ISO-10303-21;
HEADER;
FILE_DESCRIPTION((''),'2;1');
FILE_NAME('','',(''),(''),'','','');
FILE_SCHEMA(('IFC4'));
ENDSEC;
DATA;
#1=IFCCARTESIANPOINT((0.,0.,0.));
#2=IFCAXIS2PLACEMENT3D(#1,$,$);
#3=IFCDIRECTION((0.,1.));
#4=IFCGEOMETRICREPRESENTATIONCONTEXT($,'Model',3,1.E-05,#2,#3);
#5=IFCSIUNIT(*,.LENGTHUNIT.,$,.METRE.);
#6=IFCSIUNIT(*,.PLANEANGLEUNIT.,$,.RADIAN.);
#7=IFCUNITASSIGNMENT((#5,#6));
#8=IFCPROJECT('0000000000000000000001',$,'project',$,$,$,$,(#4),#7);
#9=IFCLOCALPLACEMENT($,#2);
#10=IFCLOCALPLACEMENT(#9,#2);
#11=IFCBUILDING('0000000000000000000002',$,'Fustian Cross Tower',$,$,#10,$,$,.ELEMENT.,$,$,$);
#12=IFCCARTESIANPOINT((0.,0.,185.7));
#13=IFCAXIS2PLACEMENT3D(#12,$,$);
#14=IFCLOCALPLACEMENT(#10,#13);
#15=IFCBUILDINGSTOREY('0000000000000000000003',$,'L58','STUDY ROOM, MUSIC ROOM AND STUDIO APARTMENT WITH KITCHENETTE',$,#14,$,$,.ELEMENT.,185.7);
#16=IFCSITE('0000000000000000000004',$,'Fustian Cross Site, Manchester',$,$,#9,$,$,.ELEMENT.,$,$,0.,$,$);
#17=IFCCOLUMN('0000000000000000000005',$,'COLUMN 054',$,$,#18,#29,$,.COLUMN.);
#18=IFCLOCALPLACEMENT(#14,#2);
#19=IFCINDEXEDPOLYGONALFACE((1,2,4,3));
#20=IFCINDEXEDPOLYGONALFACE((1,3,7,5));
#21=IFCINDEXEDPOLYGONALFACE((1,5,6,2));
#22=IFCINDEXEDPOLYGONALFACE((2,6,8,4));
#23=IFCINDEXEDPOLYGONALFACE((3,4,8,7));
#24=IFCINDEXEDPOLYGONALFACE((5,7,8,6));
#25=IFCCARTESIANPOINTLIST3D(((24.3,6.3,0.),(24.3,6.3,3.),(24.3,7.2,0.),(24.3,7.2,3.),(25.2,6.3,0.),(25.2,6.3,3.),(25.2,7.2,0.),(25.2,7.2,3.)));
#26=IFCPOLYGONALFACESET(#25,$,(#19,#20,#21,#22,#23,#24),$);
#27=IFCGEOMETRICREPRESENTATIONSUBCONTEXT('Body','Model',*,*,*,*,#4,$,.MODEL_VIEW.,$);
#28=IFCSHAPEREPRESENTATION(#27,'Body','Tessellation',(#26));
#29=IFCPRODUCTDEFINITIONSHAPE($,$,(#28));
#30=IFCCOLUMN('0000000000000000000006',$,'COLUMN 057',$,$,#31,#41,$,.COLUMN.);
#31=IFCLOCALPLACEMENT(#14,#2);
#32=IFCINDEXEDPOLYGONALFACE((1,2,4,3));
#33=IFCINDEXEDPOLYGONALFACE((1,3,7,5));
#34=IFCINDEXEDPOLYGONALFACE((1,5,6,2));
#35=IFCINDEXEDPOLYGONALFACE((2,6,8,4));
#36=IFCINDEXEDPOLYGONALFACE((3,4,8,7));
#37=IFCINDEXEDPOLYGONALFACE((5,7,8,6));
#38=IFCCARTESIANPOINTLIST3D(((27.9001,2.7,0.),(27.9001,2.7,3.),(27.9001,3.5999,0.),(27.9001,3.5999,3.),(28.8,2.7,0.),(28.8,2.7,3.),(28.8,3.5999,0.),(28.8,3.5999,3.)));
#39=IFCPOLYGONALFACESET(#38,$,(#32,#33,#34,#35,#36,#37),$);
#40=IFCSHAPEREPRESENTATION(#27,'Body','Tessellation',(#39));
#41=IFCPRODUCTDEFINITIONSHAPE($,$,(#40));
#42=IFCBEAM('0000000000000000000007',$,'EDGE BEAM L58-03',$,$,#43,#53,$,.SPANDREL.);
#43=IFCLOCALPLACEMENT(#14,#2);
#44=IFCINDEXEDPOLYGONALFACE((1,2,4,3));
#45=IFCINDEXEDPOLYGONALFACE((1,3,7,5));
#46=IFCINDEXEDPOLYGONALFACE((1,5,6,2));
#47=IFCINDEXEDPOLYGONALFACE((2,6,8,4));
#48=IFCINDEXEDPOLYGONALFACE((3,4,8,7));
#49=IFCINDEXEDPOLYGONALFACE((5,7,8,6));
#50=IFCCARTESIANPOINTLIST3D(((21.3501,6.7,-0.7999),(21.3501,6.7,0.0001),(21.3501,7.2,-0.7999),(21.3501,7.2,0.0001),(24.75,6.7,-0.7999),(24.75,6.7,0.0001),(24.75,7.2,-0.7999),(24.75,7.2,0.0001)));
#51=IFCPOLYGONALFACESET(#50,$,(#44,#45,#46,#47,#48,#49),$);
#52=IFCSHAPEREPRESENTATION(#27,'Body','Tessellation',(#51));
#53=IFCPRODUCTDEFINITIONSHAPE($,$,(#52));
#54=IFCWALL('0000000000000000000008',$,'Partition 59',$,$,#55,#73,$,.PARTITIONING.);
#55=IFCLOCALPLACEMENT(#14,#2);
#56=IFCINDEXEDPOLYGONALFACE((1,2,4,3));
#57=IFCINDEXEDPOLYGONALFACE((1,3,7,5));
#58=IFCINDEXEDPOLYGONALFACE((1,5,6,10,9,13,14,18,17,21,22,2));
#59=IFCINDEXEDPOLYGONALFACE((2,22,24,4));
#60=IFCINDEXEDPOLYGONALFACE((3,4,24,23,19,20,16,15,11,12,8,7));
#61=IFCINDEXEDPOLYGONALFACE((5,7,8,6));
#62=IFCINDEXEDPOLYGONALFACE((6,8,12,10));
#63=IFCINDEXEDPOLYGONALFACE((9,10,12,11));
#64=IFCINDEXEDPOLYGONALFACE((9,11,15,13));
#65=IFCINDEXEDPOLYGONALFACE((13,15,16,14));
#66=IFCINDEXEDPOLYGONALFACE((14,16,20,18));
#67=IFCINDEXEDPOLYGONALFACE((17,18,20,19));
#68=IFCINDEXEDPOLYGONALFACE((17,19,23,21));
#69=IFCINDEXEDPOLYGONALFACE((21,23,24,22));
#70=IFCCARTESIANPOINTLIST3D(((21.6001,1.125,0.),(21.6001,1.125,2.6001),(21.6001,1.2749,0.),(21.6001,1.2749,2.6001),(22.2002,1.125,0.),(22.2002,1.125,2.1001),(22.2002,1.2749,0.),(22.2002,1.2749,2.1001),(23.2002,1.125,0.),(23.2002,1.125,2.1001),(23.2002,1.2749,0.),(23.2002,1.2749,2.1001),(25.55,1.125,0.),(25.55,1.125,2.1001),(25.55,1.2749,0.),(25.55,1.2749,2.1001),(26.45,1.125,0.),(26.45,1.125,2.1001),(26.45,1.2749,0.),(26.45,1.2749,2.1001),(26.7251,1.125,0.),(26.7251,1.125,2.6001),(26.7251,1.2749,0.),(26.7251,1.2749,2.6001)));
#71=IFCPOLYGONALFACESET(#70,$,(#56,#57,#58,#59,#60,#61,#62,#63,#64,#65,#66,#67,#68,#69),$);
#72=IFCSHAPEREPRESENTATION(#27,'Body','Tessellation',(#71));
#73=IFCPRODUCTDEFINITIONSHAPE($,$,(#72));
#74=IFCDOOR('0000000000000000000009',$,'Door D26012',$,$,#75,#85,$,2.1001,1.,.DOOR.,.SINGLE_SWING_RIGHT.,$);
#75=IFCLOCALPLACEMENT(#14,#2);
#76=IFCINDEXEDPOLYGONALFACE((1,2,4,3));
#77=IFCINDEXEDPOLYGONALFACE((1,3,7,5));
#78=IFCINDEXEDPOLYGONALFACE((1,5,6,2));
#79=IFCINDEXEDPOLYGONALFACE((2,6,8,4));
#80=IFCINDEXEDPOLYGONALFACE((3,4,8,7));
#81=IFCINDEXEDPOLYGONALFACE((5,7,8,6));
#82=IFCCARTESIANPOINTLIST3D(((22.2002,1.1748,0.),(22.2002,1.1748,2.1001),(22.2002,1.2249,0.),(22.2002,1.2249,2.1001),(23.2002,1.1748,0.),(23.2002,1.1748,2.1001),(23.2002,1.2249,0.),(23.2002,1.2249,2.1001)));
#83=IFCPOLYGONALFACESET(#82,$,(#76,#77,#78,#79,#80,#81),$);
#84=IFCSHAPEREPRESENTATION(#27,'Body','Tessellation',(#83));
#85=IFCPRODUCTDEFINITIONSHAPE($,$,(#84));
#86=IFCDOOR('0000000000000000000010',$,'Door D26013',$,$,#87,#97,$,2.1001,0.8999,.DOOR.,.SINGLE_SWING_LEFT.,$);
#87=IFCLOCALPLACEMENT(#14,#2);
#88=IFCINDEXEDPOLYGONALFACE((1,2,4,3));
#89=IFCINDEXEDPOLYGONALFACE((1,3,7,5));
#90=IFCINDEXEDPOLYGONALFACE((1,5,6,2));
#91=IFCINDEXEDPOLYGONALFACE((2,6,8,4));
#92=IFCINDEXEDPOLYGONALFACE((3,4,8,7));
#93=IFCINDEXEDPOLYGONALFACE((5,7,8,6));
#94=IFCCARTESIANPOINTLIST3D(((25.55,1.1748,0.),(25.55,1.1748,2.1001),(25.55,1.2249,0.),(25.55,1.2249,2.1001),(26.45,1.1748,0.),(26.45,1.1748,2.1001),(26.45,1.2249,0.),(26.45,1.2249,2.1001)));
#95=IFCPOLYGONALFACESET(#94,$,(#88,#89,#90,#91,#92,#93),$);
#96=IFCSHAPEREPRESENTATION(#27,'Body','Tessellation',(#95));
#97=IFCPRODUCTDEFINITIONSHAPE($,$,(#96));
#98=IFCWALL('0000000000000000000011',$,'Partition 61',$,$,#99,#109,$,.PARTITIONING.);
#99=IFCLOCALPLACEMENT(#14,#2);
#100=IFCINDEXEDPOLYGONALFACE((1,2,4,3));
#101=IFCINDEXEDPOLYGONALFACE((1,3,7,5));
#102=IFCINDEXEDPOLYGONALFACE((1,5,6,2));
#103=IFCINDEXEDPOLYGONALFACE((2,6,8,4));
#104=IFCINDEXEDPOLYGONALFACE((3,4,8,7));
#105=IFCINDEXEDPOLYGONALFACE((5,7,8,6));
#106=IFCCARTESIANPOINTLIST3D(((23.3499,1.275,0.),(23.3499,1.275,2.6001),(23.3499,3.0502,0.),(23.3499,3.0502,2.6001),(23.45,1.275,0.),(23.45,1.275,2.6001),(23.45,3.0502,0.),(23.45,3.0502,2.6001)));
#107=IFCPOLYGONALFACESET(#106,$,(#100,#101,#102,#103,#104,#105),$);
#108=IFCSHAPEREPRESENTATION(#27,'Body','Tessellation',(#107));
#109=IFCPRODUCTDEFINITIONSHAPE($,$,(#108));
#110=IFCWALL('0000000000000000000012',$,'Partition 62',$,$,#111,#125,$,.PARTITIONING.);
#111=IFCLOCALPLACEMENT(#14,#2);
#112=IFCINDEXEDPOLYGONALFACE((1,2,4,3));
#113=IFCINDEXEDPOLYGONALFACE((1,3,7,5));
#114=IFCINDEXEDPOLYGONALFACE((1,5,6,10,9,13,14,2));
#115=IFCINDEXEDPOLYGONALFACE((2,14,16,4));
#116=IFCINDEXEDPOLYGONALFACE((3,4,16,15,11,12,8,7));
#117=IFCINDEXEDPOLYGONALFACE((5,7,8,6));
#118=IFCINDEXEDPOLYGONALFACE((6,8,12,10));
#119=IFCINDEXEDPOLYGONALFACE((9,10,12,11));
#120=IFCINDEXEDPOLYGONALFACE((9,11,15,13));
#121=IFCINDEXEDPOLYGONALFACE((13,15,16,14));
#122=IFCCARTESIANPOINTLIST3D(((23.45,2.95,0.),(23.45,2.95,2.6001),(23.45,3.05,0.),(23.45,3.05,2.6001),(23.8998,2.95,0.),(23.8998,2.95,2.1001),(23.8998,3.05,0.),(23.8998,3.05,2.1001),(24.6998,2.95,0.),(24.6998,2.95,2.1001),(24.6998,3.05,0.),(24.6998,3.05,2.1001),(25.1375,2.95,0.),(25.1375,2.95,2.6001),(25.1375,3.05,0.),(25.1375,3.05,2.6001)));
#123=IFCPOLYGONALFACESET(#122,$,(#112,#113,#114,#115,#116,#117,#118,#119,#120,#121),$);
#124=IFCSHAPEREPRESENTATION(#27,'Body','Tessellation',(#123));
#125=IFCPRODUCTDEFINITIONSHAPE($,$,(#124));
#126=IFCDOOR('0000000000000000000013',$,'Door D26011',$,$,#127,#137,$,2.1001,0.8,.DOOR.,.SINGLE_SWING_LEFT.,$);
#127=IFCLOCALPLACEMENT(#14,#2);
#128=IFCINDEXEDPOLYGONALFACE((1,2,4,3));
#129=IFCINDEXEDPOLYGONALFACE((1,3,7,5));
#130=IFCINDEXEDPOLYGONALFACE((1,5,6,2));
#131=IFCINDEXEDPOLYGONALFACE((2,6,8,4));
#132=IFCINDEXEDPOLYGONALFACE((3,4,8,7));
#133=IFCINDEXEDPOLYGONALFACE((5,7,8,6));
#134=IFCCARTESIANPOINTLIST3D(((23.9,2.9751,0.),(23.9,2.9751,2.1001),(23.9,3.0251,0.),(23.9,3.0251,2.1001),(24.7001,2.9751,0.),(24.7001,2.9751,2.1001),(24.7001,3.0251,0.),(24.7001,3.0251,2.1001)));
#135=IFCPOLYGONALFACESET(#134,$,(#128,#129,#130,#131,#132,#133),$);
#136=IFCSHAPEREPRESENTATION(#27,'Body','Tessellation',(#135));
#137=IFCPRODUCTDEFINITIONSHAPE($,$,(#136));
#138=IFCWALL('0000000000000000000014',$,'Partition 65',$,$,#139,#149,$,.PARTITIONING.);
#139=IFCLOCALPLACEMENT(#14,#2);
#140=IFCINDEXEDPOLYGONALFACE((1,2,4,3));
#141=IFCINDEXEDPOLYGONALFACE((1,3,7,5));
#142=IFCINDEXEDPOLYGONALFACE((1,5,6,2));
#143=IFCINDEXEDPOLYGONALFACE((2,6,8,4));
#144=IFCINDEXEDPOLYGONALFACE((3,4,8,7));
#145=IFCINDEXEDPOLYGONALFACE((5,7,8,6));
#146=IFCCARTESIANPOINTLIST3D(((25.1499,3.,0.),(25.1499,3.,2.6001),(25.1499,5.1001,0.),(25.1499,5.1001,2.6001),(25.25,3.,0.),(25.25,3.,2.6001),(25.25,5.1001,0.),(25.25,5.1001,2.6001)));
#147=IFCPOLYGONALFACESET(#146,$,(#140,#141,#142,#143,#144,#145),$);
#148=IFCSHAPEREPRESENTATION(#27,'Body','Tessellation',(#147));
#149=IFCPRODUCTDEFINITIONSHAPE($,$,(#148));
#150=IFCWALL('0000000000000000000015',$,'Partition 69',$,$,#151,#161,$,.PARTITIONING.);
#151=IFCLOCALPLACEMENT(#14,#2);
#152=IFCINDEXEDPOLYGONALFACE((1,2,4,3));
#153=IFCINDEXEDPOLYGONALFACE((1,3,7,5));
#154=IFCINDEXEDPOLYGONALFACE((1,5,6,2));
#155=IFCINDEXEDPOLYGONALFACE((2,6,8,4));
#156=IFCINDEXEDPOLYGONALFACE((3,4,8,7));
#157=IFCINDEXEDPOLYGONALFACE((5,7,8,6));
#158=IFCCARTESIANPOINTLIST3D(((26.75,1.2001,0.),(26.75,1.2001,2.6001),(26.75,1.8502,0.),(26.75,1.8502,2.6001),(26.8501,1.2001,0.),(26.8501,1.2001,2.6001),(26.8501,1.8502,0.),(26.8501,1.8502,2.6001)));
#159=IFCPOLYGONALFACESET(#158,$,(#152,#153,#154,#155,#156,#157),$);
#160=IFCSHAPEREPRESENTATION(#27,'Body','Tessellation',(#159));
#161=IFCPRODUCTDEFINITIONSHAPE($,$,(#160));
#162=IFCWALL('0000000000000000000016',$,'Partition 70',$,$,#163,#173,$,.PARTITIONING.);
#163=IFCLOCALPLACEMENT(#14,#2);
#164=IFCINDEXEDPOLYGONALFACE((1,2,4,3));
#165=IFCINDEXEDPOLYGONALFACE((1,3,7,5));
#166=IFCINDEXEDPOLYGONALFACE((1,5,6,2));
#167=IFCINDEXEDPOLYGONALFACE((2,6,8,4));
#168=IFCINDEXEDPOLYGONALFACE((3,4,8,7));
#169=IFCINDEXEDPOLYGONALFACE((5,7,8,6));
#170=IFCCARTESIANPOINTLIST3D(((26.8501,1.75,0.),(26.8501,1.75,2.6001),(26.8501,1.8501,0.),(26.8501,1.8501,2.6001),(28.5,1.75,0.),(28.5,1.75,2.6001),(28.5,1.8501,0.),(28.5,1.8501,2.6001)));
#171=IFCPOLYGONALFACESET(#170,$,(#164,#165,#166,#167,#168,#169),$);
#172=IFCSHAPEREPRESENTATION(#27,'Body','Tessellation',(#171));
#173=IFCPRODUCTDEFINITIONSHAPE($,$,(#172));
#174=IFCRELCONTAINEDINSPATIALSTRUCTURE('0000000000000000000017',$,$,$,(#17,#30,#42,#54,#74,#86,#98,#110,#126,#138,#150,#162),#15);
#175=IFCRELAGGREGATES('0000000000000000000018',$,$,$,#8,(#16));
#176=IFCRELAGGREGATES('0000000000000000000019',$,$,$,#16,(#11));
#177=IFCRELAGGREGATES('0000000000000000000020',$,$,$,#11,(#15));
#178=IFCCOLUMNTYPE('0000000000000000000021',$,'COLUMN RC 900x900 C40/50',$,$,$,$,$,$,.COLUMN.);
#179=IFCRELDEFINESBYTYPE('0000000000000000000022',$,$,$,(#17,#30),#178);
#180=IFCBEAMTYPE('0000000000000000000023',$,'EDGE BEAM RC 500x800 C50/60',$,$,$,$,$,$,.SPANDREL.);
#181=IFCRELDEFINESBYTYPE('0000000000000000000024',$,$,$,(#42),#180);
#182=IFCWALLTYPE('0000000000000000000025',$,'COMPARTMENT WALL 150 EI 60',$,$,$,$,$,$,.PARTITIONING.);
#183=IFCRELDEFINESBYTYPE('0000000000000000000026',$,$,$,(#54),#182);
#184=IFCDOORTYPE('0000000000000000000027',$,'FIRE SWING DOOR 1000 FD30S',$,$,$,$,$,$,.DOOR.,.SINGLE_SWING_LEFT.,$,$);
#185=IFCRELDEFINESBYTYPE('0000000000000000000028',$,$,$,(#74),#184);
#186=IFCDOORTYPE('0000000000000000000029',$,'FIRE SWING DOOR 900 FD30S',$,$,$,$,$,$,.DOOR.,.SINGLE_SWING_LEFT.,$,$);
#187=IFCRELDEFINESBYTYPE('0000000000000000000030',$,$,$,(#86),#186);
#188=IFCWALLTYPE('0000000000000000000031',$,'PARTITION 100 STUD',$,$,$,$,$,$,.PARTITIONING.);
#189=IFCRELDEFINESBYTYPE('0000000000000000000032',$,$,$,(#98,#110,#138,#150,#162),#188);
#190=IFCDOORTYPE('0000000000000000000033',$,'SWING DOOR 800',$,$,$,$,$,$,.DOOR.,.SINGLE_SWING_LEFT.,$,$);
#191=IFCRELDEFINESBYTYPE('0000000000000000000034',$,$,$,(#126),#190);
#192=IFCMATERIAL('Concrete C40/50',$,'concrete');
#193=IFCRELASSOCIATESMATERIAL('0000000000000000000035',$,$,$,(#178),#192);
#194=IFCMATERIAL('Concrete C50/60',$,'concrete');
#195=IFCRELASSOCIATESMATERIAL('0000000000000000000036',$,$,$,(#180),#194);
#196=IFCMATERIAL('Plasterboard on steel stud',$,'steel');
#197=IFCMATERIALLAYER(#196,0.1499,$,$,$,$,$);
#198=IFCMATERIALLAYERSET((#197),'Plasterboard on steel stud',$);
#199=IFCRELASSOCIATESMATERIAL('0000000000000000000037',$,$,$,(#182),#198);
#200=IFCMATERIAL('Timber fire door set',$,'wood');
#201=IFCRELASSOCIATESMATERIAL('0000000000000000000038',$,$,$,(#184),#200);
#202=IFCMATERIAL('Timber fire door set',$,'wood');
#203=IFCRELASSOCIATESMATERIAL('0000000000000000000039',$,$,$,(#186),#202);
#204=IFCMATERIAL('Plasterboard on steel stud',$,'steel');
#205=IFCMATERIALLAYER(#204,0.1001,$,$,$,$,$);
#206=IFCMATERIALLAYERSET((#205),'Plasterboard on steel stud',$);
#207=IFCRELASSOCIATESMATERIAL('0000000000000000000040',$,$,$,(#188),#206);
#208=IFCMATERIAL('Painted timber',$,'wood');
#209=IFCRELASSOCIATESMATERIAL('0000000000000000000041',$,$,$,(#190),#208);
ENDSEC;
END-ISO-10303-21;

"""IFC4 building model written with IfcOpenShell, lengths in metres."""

from ifc_helpers import new_model, si_unit, direction, frame, frame_2d, origin, origin_2d, place, context, subcontext, project, spatial, rectangle, extrude, material, layer, layer_set, material_profile, profile_set, type_object, element, fill, save


model = new_model("IFC4")

# Units and contexts
model_context = context("Model", 3, precision=1e-05, world=origin(), true_north=direction((0.0, 1.0)))
body_context = subcontext(model_context, "Body", "Model", "MODEL_VIEW")
ifc_project = project(units=[si_unit("LENGTHUNIT", "METRE"), si_unit("PLANEANGLEUNIT", "RADIAN")], contexts=[model_context])

# Site, building, storey
site_placement = place(None, origin())
site = spatial("IfcSite", under=ifc_project, at=site_placement, Name="Fustian Cross Site, Manchester", CompositionType="ELEMENT", RefElevation=0.0)
building_placement = place(site_placement, origin())
building = spatial("IfcBuilding", under=site, at=building_placement, Name="Fustian Cross Tower", CompositionType="ELEMENT")
storey_placement = place(building_placement, frame((0.0, 0.0, 185.7)))
storey = spatial("IfcBuildingStorey", under=building, at=storey_placement, Name="L58", Description="STUDY ROOM, MUSIC ROOM AND STUDIO APARTMENT WITH KITCHENETTE", CompositionType="ELEMENT", Elevation=185.7)

# Columns
ifc_material_1 = material(Name="Concrete C40/50", Category="concrete")
ifc_material_profile_1 = material_profile(ifc_material_1, rectangle(XDim=0.8999, YDim=0.8999, at=origin_2d()), Name="RC 900x900")
ifc_profile_set_1 = profile_set([ifc_material_profile_1], Name="Concrete C40/50")
column_type = type_object("IfcColumnType", Name="COLUMN RC 900x900 C40/50", PredefinedType="COLUMN", material=ifc_profile_set_1)
for number, where, z_axis, x_axis, name in (
    (1, (24.75, 6.75, 0.0), (0.0, 0.0, 1.0), (1.0, 0.0, 0.0), "COLUMN 054"),
    (2, (28.3501, 3.1499, 0.0), (0.0, 0.0, 1.0), (1.0, 0.0, 0.0), "COLUMN 057"),
):
    element("IfcColumn", number, at=place(storey_placement, frame(where, z_axis=z_axis, x_axis=x_axis)), inside=storey, type_object=column_type, Name=name, PredefinedType="COLUMN", context=body_context, shape_type="SweptSolid", body=[
        extrude(rectangle(XDim=0.8999, YDim=0.8999, at=origin_2d()), origin(), (0.0, 0.0, 1.0), 3.0),
    ])

# Beam
ifc_material_2 = material(Name="Concrete C50/60", Category="concrete")
ifc_material_profile_2 = material_profile(ifc_material_2, rectangle(XDim=0.5, YDim=0.8, at=origin_2d()), Name="RC 500x800")
ifc_profile_set_2 = profile_set([ifc_material_profile_2], Name="Concrete C50/60")
beam_type = type_object("IfcBeamType", Name="EDGE BEAM RC 500x800 C50/60", PredefinedType="SPANDREL", material=ifc_profile_set_2)
beam_placement = place(storey_placement, frame((24.75, 6.95, -0.3999), z_axis=(-1.0, 0.0, 0.0), x_axis=(0.0, -1.0, 0.0)))
element("IfcBeam", 3, at=beam_placement, inside=storey, type_object=beam_type, Name="EDGE BEAM L58-03", PredefinedType="SPANDREL", context=body_context, shape_type="SweptSolid", body=[
    extrude(rectangle(XDim=0.5, YDim=0.8, at=origin_2d()), origin(), (0.0, 0.0, 1.0), 3.3999),
])

# Wall, openings, doors
ifc_material_3 = material(Name="Plasterboard on steel stud", Category="steel")
ifc_layer_1 = layer(ifc_material_3, 0.1499)
ifc_layer_set_1 = layer_set([ifc_layer_1], Name="Plasterboard on steel stud")
wall_type_1 = type_object("IfcWallType", Name="COMPARTMENT WALL 150 EI 60", PredefinedType="PARTITIONING", material=ifc_layer_set_1)
wall_1_placement = place(storey_placement, frame((21.6001, 1.2, 0.0), z_axis=(0.0, 0.0, 1.0), x_axis=(1.0, 0.0, 0.0)))
wall_1 = element("IfcWall", 4, at=wall_1_placement, inside=storey, type_object=wall_type_1, Name="Partition 59", PredefinedType="PARTITIONING", context=body_context, shape_type="SweptSolid", body=[
    extrude(rectangle(XDim=5.125, YDim=0.1499, at=frame_2d((2.5625, 0.0))), origin(), (0.0, 0.0, 1.0), 2.6001),
])
opening_1_placement = place(wall_1_placement, frame((0.6001, 0.0, 0.0)))
opening_1 = element("IfcOpeningElement", 5, at=opening_1_placement, cuts=wall_1, PredefinedType="OPENING", context=body_context, shape_type="SweptSolid", body=[
    extrude(rectangle(XDim=1.0, YDim=2.1001, at=frame_2d((0.5, 1.05))), frame((0.0, 0.085, 0.0), z_axis=(0.0, -1.0, 0.0), x_axis=(1.0, 0.0, 0.0)), (0.0, 0.0, 1.0), 0.1699),
])
opening_2_placement = place(wall_1_placement, frame((3.95, 0.0, 0.0)))
opening_2 = element("IfcOpeningElement", 6, at=opening_2_placement, cuts=wall_1, PredefinedType="OPENING", context=body_context, shape_type="SweptSolid", body=[
    extrude(rectangle(XDim=0.8999, YDim=2.1001, at=frame_2d((0.45, 1.05))), frame((0.0, 0.085, 0.0), z_axis=(0.0, -1.0, 0.0), x_axis=(1.0, 0.0, 0.0)), (0.0, 0.0, 1.0), 0.1699),
])
ifc_material_4 = material(Name="Timber fire door set", Category="wood")
door_type_1 = type_object("IfcDoorType", Name="FIRE SWING DOOR 1000 FD30S", OperationType="SINGLE_SWING_LEFT", PredefinedType="DOOR", material=ifc_material_4)
door_1_placement = place(opening_1_placement, origin())
door_1 = element("IfcDoor", 7, at=door_1_placement, inside=storey, type_object=door_type_1, Name="Door D26012", OperationType="SINGLE_SWING_RIGHT", OverallHeight=2.1001, OverallWidth=1.0, PredefinedType="DOOR", context=body_context, shape_type="SweptSolid", body=[
    extrude(rectangle(XDim=1.0, YDim=2.1001, at=frame_2d((0.5, 1.05))), frame((0.0, 0.0249, 0.0), z_axis=(0.0, -1.0, 0.0), x_axis=(1.0, 0.0, 0.0)), (0.0, 0.0, 1.0), 0.05),
])
fill(opening_1, door_1)
ifc_material_5 = material(Name="Timber fire door set", Category="wood")
door_type_2 = type_object("IfcDoorType", Name="FIRE SWING DOOR 900 FD30S", OperationType="SINGLE_SWING_LEFT", PredefinedType="DOOR", material=ifc_material_5)
door_2_placement = place(opening_2_placement, origin())
door_2 = element("IfcDoor", 8, at=door_2_placement, inside=storey, type_object=door_type_2, Name="Door D26013", OperationType="SINGLE_SWING_LEFT", OverallHeight=2.1001, OverallWidth=0.8999, PredefinedType="DOOR", context=body_context, shape_type="SweptSolid", body=[
    extrude(rectangle(XDim=0.8999, YDim=2.1001, at=frame_2d((0.45, 1.05))), frame((0.0, 0.0249, 0.0), z_axis=(0.0, -1.0, 0.0), x_axis=(1.0, 0.0, 0.0)), (0.0, 0.0, 1.0), 0.05),
])
fill(opening_2, door_2)

# Wall
ifc_material_6 = material(Name="Plasterboard on steel stud", Category="steel")
ifc_layer_2 = layer(ifc_material_6, 0.1001)
ifc_layer_set_2 = layer_set([ifc_layer_2], Name="Plasterboard on steel stud")
wall_type_2 = type_object("IfcWallType", Name="PARTITION 100 STUD", PredefinedType="PARTITIONING", material=ifc_layer_set_2)
wall_2_placement = place(storey_placement, frame((23.3999, 1.2749, 0.0), z_axis=(0.0, 0.0, 1.0), x_axis=(0.0, 1.0, 0.0)))
element("IfcWall", 9, at=wall_2_placement, inside=storey, type_object=wall_type_2, Name="Partition 61", PredefinedType="PARTITIONING", context=body_context, shape_type="SweptSolid", body=[
    extrude(rectangle(XDim=1.7751, YDim=0.1001, at=frame_2d((0.8877, 0.0))), origin(), (0.0, 0.0, 1.0), 2.6001),
])

# Wall, opening, door
wall_3_placement = place(storey_placement, frame((23.45, 3.0, 0.0), z_axis=(0.0, 0.0, 1.0), x_axis=(1.0, 0.0, 0.0)))
wall_3 = element("IfcWall", 10, at=wall_3_placement, inside=storey, type_object=wall_type_2, Name="Partition 62", PredefinedType="PARTITIONING", context=body_context, shape_type="SweptSolid", body=[
    extrude(rectangle(XDim=1.6875, YDim=0.1001, at=frame_2d((0.8438, 0.0))), origin(), (0.0, 0.0, 1.0), 2.6001),
])
opening_3_placement = place(wall_3_placement, frame((0.45, 0.0, 0.0)))
opening_3 = element("IfcOpeningElement", 11, at=opening_3_placement, cuts=wall_3, PredefinedType="OPENING", context=body_context, shape_type="SweptSolid", body=[
    extrude(rectangle(XDim=0.8, YDim=2.1001, at=frame_2d((0.3999, 1.05))), frame((0.0, 0.0601, 0.0), z_axis=(0.0, -1.0, 0.0), x_axis=(1.0, 0.0, 0.0)), (0.0, 0.0, 1.0), 0.1201),
])
ifc_material_7 = material(Name="Painted timber", Category="wood")
door_type_3 = type_object("IfcDoorType", Name="SWING DOOR 800", OperationType="SINGLE_SWING_LEFT", PredefinedType="DOOR", material=ifc_material_7)
door_3_placement = place(opening_3_placement, frame((0.8, 0.0, 0.0), z_axis=(0.0, 0.0, 1.0), x_axis=(-1.0, 0.0, 0.0)))
door_3 = element("IfcDoor", 12, at=door_3_placement, inside=storey, type_object=door_type_3, Name="Door D26011", OperationType="SINGLE_SWING_LEFT", OverallHeight=2.1001, OverallWidth=0.8, PredefinedType="DOOR", context=body_context, shape_type="SweptSolid", body=[
    extrude(rectangle(XDim=0.8, YDim=2.1001, at=frame_2d((0.3999, 1.05))), frame((0.0, 0.0249, 0.0), z_axis=(0.0, -1.0, 0.0), x_axis=(1.0, 0.0, 0.0)), (0.0, 0.0, 1.0), 0.05),
])
fill(opening_3, door_3)

# Walls
wall_4_placement = place(storey_placement, frame((25.2, 3.0, 0.0), z_axis=(0.0, 0.0, 1.0), x_axis=(0.0, 1.0, 0.0)))
element("IfcWall", 13, at=wall_4_placement, inside=storey, type_object=wall_type_2, Name="Partition 65", PredefinedType="PARTITIONING", context=body_context, shape_type="SweptSolid", body=[
    extrude(rectangle(XDim=2.1001, YDim=0.1001, at=frame_2d((1.05, 0.0))), origin(), (0.0, 0.0, 1.0), 2.6001),
])
wall_5_placement = place(storey_placement, frame((26.8, 1.2, 0.0), z_axis=(0.0, 0.0, 1.0), x_axis=(0.0, 1.0, 0.0)))
element("IfcWall", 14, at=wall_5_placement, inside=storey, type_object=wall_type_2, Name="Partition 69", PredefinedType="PARTITIONING", context=body_context, shape_type="SweptSolid", body=[
    extrude(rectangle(XDim=0.6501, YDim=0.1001, at=frame_2d((0.3252, 0.0))), origin(), (0.0, 0.0, 1.0), 2.6001),
])
wall_6_placement = place(storey_placement, frame((26.8501, 1.8, 0.0), z_axis=(0.0, 0.0, 1.0), x_axis=(1.0, 0.0, 0.0)))
element("IfcWall", 15, at=wall_6_placement, inside=storey, type_object=wall_type_2, Name="Partition 70", PredefinedType="PARTITIONING", context=body_context, shape_type="SweptSolid", body=[
    extrude(rectangle(XDim=1.6499, YDim=0.1001, at=frame_2d((0.825, 0.0))), origin(), (0.0, 0.0, 1.0), 2.6001),
])

save(model, "model.ifc")
